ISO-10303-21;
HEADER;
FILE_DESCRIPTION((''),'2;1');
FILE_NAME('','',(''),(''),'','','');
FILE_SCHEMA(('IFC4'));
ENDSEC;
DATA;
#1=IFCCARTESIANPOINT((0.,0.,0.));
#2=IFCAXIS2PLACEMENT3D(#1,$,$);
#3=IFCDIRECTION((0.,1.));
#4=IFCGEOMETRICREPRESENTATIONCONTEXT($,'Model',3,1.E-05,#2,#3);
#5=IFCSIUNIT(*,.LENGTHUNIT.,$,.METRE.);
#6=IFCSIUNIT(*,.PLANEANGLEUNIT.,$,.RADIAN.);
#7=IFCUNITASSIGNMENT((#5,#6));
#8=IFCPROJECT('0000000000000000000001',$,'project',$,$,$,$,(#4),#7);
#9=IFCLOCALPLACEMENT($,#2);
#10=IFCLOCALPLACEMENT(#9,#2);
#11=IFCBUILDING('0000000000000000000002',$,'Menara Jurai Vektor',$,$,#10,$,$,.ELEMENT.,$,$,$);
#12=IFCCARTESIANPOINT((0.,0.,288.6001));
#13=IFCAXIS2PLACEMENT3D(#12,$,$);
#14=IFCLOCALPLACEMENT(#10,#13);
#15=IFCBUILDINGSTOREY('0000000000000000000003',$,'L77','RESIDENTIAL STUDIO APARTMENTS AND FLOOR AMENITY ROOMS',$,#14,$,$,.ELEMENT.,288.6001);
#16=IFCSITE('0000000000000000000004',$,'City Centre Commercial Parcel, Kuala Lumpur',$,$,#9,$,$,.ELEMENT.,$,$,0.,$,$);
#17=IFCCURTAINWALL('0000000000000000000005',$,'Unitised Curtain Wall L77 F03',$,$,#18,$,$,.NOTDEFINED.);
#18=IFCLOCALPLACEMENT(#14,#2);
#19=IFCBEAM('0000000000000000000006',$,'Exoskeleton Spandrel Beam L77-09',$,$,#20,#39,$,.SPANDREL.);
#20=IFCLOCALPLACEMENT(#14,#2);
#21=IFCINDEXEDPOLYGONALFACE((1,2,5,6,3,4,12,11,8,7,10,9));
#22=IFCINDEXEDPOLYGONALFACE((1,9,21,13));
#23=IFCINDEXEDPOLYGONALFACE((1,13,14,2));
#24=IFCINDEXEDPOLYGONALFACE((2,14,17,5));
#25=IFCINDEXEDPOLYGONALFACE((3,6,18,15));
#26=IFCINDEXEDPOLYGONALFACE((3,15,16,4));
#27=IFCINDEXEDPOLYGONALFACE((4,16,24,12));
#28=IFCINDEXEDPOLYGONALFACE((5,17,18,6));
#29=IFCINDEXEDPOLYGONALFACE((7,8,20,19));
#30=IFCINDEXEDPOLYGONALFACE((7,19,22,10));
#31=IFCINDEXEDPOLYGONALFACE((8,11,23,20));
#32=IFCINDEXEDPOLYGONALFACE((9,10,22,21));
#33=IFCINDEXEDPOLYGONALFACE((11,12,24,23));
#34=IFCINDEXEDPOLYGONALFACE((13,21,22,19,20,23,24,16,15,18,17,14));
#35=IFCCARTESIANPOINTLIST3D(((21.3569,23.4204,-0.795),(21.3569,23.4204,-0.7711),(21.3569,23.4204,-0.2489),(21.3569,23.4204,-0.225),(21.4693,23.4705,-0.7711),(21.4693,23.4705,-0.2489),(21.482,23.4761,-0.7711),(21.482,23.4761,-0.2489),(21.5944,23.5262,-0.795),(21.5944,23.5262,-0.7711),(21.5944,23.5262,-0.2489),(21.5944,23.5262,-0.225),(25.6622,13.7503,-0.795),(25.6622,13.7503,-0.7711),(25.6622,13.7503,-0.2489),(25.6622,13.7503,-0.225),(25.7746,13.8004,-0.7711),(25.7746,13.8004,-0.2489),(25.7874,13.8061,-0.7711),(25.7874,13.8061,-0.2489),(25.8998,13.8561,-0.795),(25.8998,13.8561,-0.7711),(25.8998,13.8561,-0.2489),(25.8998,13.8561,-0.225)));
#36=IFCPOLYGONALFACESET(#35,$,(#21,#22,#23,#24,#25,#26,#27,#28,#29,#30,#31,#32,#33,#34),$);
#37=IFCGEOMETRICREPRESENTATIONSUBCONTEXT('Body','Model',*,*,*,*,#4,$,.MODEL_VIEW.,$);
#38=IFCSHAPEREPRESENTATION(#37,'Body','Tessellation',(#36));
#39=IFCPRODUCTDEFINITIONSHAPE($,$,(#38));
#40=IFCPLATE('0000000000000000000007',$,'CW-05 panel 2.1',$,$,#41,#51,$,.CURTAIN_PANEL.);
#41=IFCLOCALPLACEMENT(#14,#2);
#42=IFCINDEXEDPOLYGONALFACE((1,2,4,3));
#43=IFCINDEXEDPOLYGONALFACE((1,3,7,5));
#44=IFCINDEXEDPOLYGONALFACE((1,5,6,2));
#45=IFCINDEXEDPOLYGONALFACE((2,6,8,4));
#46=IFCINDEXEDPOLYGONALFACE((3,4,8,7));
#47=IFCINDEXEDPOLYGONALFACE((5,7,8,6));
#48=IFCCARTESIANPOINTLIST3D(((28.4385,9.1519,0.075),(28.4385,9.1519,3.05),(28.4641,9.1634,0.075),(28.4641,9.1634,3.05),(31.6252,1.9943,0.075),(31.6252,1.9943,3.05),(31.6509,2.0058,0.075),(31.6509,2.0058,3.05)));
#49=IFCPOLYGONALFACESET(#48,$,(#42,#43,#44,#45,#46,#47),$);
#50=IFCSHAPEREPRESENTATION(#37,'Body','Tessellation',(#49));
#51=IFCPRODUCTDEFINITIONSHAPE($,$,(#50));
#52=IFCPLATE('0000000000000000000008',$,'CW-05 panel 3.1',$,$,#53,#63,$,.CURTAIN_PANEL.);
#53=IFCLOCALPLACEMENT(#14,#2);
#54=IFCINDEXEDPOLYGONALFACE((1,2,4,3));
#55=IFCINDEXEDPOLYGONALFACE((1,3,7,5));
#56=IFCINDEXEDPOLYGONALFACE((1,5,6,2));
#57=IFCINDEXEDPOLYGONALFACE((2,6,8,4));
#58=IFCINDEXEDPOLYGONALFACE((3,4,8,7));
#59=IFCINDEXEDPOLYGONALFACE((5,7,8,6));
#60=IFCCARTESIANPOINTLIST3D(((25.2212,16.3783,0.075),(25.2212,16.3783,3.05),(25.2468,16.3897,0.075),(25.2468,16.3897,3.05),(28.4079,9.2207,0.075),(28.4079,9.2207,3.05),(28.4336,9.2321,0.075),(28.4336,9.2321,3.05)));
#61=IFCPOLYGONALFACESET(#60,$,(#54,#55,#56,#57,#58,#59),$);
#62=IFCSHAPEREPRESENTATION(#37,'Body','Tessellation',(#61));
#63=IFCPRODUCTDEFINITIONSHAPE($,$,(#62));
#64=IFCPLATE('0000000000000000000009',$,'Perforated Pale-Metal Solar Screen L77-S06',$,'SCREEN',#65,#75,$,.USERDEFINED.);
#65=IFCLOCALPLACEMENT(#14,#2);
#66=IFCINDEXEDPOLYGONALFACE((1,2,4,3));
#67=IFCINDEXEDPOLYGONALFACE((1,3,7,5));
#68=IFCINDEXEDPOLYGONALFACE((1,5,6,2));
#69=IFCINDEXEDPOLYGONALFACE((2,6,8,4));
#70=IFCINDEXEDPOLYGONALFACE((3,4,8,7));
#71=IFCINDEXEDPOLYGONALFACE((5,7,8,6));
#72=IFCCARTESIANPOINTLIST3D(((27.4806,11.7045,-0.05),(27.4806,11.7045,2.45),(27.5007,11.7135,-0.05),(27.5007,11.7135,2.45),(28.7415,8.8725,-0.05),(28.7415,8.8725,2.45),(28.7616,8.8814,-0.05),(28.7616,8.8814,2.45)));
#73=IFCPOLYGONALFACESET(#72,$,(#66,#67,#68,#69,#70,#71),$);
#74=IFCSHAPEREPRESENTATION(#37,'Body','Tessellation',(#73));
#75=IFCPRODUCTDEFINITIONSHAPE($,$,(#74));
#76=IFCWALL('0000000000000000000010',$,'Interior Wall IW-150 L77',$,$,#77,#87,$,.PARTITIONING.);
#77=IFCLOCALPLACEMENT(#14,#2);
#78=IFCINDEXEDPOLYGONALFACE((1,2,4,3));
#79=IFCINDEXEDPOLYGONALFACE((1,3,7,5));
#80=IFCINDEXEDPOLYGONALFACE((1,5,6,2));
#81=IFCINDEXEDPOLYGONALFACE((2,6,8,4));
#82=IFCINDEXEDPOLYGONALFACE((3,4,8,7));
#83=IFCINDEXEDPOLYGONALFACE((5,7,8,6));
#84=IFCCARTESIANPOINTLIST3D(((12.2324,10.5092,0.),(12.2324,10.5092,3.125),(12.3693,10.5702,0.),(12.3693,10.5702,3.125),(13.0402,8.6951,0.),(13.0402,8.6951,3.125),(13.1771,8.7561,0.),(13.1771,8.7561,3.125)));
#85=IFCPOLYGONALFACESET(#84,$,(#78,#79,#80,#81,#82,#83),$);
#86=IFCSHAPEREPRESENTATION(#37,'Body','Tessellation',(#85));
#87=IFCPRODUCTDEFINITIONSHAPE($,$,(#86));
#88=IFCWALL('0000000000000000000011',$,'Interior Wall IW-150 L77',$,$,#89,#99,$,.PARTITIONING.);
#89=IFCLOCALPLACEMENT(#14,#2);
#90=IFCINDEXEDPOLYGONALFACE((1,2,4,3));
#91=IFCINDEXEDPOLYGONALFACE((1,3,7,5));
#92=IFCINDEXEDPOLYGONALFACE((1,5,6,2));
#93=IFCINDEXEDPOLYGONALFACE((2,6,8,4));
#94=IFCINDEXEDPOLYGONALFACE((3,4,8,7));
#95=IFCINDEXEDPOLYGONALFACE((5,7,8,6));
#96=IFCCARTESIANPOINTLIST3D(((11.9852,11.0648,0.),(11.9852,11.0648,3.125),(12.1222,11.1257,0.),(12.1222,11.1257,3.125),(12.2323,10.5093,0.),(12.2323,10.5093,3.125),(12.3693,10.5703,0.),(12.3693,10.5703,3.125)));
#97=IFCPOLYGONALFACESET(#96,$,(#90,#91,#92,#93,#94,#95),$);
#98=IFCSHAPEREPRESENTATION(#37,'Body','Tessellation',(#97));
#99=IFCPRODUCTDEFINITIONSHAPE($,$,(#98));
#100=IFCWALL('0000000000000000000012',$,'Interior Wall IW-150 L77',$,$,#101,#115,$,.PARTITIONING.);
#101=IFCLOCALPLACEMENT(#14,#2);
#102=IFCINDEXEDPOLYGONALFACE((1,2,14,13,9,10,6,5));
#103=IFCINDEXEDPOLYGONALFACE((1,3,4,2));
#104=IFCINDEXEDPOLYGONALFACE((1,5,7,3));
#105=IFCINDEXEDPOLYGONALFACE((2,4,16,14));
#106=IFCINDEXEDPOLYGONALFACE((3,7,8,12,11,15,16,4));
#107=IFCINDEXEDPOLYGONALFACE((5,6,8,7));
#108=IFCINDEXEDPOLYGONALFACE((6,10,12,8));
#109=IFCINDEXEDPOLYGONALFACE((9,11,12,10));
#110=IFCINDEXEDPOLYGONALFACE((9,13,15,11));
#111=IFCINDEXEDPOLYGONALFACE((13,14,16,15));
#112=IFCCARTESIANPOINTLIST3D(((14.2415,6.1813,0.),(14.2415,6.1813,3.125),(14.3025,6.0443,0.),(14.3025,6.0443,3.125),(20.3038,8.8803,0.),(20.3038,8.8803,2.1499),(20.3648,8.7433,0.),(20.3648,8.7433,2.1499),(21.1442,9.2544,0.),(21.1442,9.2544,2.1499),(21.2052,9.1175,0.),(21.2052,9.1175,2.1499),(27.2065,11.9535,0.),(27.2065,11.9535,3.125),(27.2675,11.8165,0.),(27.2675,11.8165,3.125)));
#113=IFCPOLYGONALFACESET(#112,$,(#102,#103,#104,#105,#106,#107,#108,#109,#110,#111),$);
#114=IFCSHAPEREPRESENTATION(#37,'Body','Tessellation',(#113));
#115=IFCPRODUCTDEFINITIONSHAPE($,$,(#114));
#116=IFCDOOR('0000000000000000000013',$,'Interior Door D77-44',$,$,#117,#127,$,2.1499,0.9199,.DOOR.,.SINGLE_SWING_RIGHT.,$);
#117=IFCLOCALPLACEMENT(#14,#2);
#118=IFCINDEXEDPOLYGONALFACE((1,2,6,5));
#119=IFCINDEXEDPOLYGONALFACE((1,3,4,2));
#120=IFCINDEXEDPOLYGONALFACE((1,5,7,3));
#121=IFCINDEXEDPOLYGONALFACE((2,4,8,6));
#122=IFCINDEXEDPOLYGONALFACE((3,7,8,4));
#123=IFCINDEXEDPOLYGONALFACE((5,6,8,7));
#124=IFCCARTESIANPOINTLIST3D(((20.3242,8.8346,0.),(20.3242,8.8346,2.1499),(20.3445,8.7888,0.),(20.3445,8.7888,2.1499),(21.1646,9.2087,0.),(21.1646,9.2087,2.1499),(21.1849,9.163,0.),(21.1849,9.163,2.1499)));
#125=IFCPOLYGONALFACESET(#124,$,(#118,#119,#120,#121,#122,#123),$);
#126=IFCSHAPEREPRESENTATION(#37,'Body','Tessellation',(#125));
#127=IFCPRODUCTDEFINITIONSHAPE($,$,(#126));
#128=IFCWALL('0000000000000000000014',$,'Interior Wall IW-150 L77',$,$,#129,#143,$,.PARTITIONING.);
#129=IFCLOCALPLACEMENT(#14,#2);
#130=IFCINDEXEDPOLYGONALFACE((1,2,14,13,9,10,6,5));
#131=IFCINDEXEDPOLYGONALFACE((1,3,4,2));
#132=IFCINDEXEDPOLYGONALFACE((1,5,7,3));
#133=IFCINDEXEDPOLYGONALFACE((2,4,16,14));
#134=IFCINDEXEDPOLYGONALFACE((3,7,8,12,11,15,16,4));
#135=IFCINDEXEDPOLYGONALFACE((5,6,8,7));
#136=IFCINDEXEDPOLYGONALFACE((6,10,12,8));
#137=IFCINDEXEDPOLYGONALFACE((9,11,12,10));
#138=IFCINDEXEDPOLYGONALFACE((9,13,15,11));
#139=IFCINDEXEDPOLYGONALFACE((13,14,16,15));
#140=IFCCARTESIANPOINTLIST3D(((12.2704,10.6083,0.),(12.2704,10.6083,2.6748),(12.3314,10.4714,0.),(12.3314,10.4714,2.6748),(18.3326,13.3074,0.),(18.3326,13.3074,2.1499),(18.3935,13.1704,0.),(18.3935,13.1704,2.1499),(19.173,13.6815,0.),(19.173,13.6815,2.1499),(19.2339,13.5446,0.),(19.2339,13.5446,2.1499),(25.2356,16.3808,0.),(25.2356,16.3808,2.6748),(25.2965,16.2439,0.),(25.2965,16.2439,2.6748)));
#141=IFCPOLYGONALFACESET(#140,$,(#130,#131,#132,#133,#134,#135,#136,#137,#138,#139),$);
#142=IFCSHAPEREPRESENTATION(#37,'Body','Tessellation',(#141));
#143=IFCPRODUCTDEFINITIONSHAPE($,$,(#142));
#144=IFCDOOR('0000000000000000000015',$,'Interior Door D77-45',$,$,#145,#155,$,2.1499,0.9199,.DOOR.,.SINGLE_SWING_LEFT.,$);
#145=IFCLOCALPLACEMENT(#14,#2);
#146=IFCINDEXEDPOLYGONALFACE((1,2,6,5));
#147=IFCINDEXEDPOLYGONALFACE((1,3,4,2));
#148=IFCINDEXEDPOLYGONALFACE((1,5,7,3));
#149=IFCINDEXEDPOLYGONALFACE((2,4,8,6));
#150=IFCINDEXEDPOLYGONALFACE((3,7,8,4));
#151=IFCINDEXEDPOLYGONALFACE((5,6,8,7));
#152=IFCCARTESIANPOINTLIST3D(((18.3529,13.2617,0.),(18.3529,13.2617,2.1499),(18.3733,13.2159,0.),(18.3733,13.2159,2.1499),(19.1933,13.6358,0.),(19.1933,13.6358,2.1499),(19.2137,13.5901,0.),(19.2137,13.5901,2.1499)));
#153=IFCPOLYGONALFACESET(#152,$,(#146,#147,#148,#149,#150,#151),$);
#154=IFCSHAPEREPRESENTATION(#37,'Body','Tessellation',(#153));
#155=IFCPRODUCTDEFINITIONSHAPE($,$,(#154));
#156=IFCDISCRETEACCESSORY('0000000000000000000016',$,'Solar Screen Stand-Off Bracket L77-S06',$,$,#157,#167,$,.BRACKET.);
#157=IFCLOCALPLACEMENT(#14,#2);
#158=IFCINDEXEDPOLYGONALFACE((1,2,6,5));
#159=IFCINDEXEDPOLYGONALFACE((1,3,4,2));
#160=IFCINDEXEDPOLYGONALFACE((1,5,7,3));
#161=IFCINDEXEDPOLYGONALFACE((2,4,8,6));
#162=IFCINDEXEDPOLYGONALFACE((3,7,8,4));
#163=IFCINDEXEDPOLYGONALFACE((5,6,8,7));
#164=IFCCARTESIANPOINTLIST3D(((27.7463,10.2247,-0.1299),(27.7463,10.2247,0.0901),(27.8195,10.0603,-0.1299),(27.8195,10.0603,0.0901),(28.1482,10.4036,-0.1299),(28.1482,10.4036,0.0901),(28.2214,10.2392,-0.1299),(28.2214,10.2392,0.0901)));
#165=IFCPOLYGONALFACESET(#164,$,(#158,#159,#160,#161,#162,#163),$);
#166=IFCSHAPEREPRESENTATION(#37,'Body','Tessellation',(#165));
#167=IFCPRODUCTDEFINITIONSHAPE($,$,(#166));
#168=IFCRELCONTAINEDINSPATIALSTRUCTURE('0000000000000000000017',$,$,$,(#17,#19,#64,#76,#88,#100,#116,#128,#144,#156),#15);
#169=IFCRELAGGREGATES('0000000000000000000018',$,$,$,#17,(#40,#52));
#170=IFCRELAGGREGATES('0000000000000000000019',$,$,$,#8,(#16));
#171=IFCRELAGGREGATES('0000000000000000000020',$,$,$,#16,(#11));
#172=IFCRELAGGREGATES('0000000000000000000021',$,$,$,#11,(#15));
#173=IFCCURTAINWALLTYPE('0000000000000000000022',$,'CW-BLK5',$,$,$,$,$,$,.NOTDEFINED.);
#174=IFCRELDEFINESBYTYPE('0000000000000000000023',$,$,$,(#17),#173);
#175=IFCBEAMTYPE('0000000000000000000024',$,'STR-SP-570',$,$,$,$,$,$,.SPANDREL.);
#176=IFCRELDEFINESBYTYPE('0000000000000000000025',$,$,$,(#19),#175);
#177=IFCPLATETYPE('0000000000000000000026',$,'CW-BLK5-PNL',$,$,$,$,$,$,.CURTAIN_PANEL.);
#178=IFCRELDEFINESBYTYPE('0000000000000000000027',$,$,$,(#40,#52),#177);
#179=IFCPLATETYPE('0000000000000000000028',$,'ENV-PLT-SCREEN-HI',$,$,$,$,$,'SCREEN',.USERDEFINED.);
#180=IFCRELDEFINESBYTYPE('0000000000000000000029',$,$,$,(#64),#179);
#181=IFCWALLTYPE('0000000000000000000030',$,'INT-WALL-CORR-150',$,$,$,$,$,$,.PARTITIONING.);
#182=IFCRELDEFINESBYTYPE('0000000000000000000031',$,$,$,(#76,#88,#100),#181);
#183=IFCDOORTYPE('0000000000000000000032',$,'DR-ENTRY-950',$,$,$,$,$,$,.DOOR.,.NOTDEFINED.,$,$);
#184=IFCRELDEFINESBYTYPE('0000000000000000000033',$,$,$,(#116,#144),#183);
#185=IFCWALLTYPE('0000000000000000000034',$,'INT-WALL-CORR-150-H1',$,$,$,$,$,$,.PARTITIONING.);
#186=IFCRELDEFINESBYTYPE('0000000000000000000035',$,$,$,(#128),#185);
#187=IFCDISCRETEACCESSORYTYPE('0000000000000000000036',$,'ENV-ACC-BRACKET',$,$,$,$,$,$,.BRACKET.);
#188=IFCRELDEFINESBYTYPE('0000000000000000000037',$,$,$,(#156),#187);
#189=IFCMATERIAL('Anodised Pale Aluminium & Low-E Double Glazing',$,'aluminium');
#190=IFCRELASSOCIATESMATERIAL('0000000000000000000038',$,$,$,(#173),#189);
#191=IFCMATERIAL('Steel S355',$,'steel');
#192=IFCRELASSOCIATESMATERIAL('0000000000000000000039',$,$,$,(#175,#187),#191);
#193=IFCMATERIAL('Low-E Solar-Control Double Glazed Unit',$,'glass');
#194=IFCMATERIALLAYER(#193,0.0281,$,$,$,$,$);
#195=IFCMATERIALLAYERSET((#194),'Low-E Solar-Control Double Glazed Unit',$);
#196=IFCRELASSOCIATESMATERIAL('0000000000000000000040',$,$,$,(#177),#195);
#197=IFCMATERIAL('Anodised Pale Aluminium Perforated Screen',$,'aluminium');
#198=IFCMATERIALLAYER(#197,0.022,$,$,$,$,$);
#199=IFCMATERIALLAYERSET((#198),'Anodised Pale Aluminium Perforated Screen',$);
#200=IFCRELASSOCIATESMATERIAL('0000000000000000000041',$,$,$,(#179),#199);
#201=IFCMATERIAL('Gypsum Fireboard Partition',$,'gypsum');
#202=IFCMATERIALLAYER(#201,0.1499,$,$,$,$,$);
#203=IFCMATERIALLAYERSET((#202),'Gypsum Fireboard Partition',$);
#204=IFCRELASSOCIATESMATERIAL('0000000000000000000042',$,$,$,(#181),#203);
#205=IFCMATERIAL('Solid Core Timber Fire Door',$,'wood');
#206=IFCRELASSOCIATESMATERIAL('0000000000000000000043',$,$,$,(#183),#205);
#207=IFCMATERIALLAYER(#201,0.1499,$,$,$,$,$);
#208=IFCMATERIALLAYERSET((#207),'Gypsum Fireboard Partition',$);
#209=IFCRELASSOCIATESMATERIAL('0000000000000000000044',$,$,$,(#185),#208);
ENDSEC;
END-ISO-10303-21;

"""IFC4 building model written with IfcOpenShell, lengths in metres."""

from ifc_helpers import new_model, si_unit, direction, frame, frame_2d, origin, origin_2d, place, context, subcontext, project, spatial, rectangle, i_section, extrude, material, layer, layer_set, material_profile, profile_set, type_object, element, fill, aggregate, save


model = new_model("IFC4")

# Units and contexts
model_context = context("Model", 3, precision=1e-05, world=origin(), true_north=direction((0.0, 1.0)))
body_context = subcontext(model_context, "Body", "Model", "MODEL_VIEW")
ifc_project = project(units=[si_unit("LENGTHUNIT", "METRE"), si_unit("PLANEANGLEUNIT", "RADIAN")], contexts=[model_context])

# Site, building, storey
site_placement = place(None, origin())
site = spatial("IfcSite", under=ifc_project, at=site_placement, Name="City Centre Commercial Parcel, Kuala Lumpur", CompositionType="ELEMENT", RefElevation=0.0)
building_placement = place(site_placement, origin())
building = spatial("IfcBuilding", under=site, at=building_placement, Name="Menara Jurai Vektor", CompositionType="ELEMENT")
storey_placement = place(building_placement, frame((0.0, 0.0, 288.6001)))
storey = spatial("IfcBuildingStorey", under=building, at=storey_placement, Name="L77", Description="RESIDENTIAL STUDIO APARTMENTS AND FLOOR AMENITY ROOMS", CompositionType="ELEMENT", Elevation=288.6001)

# Curtain wall
ifc_material_1 = material(Name="Anodised Pale Aluminium & Low-E Double Glazing", Category="aluminium")
curtain_wall_type = type_object("IfcCurtainWallType", Name="CW-BLK5", PredefinedType="NOTDEFINED", material=ifc_material_1)
curtain_wall_placement = place(storey_placement, origin())
curtain_wall = element("IfcCurtainWall", 1, at=curtain_wall_placement, inside=storey, type_object=curtain_wall_type, Name="Unitised Curtain Wall L77 F03", PredefinedType="NOTDEFINED")

# Beam
ifc_material_2 = material(Name="Steel S355", Category="steel")
ifc_material_profile_1 = material_profile(ifc_material_2, i_section(OverallWidth=0.26, OverallDepth=0.5701, WebThickness=0.0139, FlangeThickness=0.0239, at=origin_2d()), Name="PG 570x260x145")
ifc_profile_set_1 = profile_set([ifc_material_profile_1], Name="Steel S355")
beam_type_1 = type_object("IfcBeamType", Name="STR-SP-570", PredefinedType="SPANDREL", material=ifc_profile_set_1)
beam_1_placement = place(storey_placement, frame((25.781, 13.8032, -0.51), z_axis=(-0.406735, 0.913546, 0.0), x_axis=(-0.913546, -0.406735, 0.0)))
element("IfcBeam", 2, at=beam_1_placement, inside=storey, type_object=beam_type_1, Name="Exoskeleton Spandrel Beam L77-09", PredefinedType="SPANDREL", context=body_context, shape_type="SweptSolid", body=[
    extrude(i_section(OverallWidth=0.26, OverallDepth=0.5701, WebThickness=0.0139, FlangeThickness=0.0239, at=origin_2d()), origin(), (0.0, 0.0, 1.0), 10.5852),
])

# Plates
ifc_material_3 = material(Name="Low-E Solar-Control Double Glazed Unit", Category="glass")
ifc_layer_1 = layer(ifc_material_3, 0.0281)
ifc_layer_set_1 = layer_set([ifc_layer_1], Name="Low-E Solar-Control Double Glazed Unit")
plate_type_1 = type_object("IfcPlateType", Name="CW-BLK5-PNL", PredefinedType="CURTAIN_PANEL", material=ifc_layer_set_1)
plate_1_placement = place(storey_placement, frame((30.0447, 5.5789, 0.075), z_axis=(0.0, 0.0, 1.0), x_axis=(-0.406735, 0.913546, 0.0)))
plate_1 = element("IfcPlate", 3, at=plate_1_placement, type_object=plate_type_1, Name="CW-05 panel 2.1", PredefinedType="CURTAIN_PANEL", context=body_context, shape_type="SweptSolid", body=[
    extrude(rectangle(XDim=7.835, YDim=0.0281, at=origin_2d()), origin(), (0.0, 0.0, 1.0), 2.9751),
])
plate_2_placement = place(storey_placement, frame((26.8274, 12.8052, 0.075), z_axis=(0.0, 0.0, 1.0), x_axis=(-0.406735, 0.913546, 0.0)))
plate_2 = element("IfcPlate", 4, at=plate_2_placement, type_object=plate_type_1, Name="CW-05 panel 3.1", PredefinedType="CURTAIN_PANEL", context=body_context, shape_type="SweptSolid", body=[
    extrude(rectangle(XDim=7.835, YDim=0.0281, at=origin_2d()), origin(), (0.0, 0.0, 1.0), 2.9751),
])
aggregate(curtain_wall, [plate_1, plate_2])
ifc_material_4 = material(Name="Anodised Pale Aluminium Perforated Screen", Category="aluminium")
ifc_layer_2 = layer(ifc_material_4, 0.022)
ifc_layer_set_2 = layer_set([ifc_layer_2], Name="Anodised Pale Aluminium Perforated Screen")
plate_type_2 = type_object("IfcPlateType", Name="ENV-PLT-SCREEN-HI", ElementType="SCREEN", PredefinedType="USERDEFINED", material=ifc_layer_set_2)
plate_3_placement = place(storey_placement, frame((28.1211, 10.293, -0.05), z_axis=(0.0, 0.0, 1.0), x_axis=(-0.406737, 0.913545, 0.0)))
element("IfcPlate", 5, at=plate_3_placement, inside=storey, type_object=plate_type_2, Name="Perforated Pale-Metal Solar Screen L77-S06", ObjectType="SCREEN", PredefinedType="USERDEFINED", context=body_context, shape_type="SweptSolid", body=[
    extrude(rectangle(XDim=3.1001, YDim=0.022, at=origin_2d()), origin(), (0.0, 0.0, 1.0), 2.5),
])

# Walls
ifc_material_5 = material(Name="Gypsum Fireboard Partition", Category="gypsum")
ifc_layer_3 = layer(ifc_material_5, 0.1499)
ifc_layer_set_3 = layer_set([ifc_layer_3], Name="Gypsum Fireboard Partition")
wall_type_1 = type_object("IfcWallType", Name="INT-WALL-CORR-150", PredefinedType="PARTITIONING", material=ifc_layer_set_3)
wall_1_placement = place(storey_placement, frame((13.1086, 8.7256, 0.0), z_axis=(0.0, 0.0, 1.0), x_axis=(-0.406789, 0.913522, 0.0)))
element("IfcWall", 6, at=wall_1_placement, inside=storey, type_object=wall_type_1, Name="Interior Wall IW-150 L77", PredefinedType="PARTITIONING", context=body_context, shape_type="SweptSolid", body=[
    extrude(rectangle(XDim=1.9858, YDim=0.1499, at=frame_2d((0.9929, 0.0))), origin(), (0.0, 0.0, 1.0), 3.125),
])
wall_2_placement = place(storey_placement, frame((12.3008, 10.5398, 0.0), z_axis=(0.0, 0.0, 1.0), x_axis=(-0.406437, 0.913679, 0.0)))
element("IfcWall", 7, at=wall_2_placement, inside=storey, type_object=wall_type_1, Name="Interior Wall IW-150 L77", PredefinedType="PARTITIONING", context=body_context, shape_type="SweptSolid", body=[
    extrude(rectangle(XDim=0.6079, YDim=0.1499, at=frame_2d((0.304, 0.0))), origin(), (0.0, 0.0, 1.0), 3.125),
])

# Walls, openings, doors
wall_3_placement = place(storey_placement, frame((14.272, 6.1128, 0.0), z_axis=(0.0, 0.0, 1.0), x_axis=(0.913551, 0.406724, 0.0)))
wall_3 = element("IfcWall", 8, at=wall_3_placement, inside=storey, type_object=wall_type_1, Name="Interior Wall IW-150 L77", PredefinedType="PARTITIONING", context=body_context, shape_type="SweptSolid", body=[
    extrude(rectangle(XDim=14.1919, YDim=0.1499, at=frame_2d((7.0959, 0.0))), origin(), (0.0, 0.0, 1.0), 3.125),
])
opening_1_placement = place(wall_3_placement, frame((6.636, 0.0, 0.0)))
opening_1 = element("IfcOpeningElement", 9, at=opening_1_placement, cuts=wall_3, PredefinedType="OPENING", context=body_context, shape_type="SweptSolid", body=[
    extrude(rectangle(XDim=0.9199, YDim=2.1499, at=frame_2d((0.46, 1.075))), frame((0.0, 0.085, 0.0), z_axis=(0.0, -1.0, 0.0), x_axis=(1.0, 0.0, 0.0)), (0.0, 0.0, 1.0), 0.1699),
])
ifc_material_6 = material(Name="Solid Core Timber Fire Door", Category="wood")
door_type = type_object("IfcDoorType", Name="DR-ENTRY-950", OperationType="NOTDEFINED", PredefinedType="DOOR", material=ifc_material_6)
door_1_placement = place(opening_1_placement, origin())
door_1 = element("IfcDoor", 10, at=door_1_placement, inside=storey, type_object=door_type, Name="Interior Door D77-44", OperationType="SINGLE_SWING_RIGHT", OverallHeight=2.1499, OverallWidth=0.9199, PredefinedType="DOOR", context=body_context, shape_type="SweptSolid", body=[
    extrude(rectangle(XDim=0.9199, YDim=2.1499, at=frame_2d((0.46, 1.075))), frame((0.0, 0.0249, 0.0), z_axis=(0.0, -1.0, 0.0), x_axis=(1.0, 0.0, 0.0)), (0.0, 0.0, 1.0), 0.05),
])
fill(opening_1, door_1)
ifc_layer_4 = layer(ifc_material_5, 0.1499)
ifc_layer_set_4 = layer_set([ifc_layer_4], Name="Gypsum Fireboard Partition")
wall_type_2 = type_object("IfcWallType", Name="INT-WALL-CORR-150-H1", PredefinedType="PARTITIONING", material=ifc_layer_set_4)
wall_4_placement = place(storey_placement, frame((12.3008, 10.5398, 0.0), z_axis=(0.0, 0.0, 1.0), x_axis=(0.913545, 0.406739, 0.0)))
wall_4 = element("IfcWall", 11, at=wall_4_placement, inside=storey, type_object=wall_type_2, Name="Interior Wall IW-150 L77", PredefinedType="PARTITIONING", context=body_context, shape_type="SweptSolid", body=[
    extrude(rectangle(XDim=14.1921, YDim=0.1499, at=frame_2d((7.0962, 0.0))), origin(), (0.0, 0.0, 1.0), 2.6748),
])
opening_2_placement = place(wall_4_placement, frame((6.636, 0.0, 0.0)))
opening_2 = element("IfcOpeningElement", 12, at=opening_2_placement, cuts=wall_4, PredefinedType="OPENING", context=body_context, shape_type="SweptSolid", body=[
    extrude(rectangle(XDim=0.9199, YDim=2.1499, at=frame_2d((0.46, 1.075))), frame((0.0, 0.085, 0.0), z_axis=(0.0, -1.0, 0.0), x_axis=(1.0, 0.0, 0.0)), (0.0, 0.0, 1.0), 0.1699),
])
door_2_placement = place(opening_2_placement, origin())
door_2 = element("IfcDoor", 13, at=door_2_placement, inside=storey, type_object=door_type, Name="Interior Door D77-45", OperationType="SINGLE_SWING_LEFT", OverallHeight=2.1499, OverallWidth=0.9199, PredefinedType="DOOR", context=body_context, shape_type="SweptSolid", body=[
    extrude(rectangle(XDim=0.9199, YDim=2.1499, at=frame_2d((0.46, 1.075))), frame((0.0, 0.0249, 0.0), z_axis=(0.0, -1.0, 0.0), x_axis=(1.0, 0.0, 0.0)), (0.0, 0.0, 1.0), 0.05),
])
fill(opening_2, door_2)

# Discrete accessory
discrete_accessory_type = type_object("IfcDiscreteAccessoryType", Name="ENV-ACC-BRACKET", PredefinedType="BRACKET", material=ifc_material_2)
discrete_accessory_placement = place(storey_placement, frame((27.9839, 10.2319, -0.1299), z_axis=(0.0, 0.0, 1.0), x_axis=(-0.406737, 0.913545, 0.0)))
element("IfcDiscreteAccessory", 14, at=discrete_accessory_placement, inside=storey, type_object=discrete_accessory_type, Name="Solar Screen Stand-Off Bracket L77-S06", PredefinedType="BRACKET", context=body_context, shape_type="SweptSolid", body=[
    extrude(rectangle(XDim=0.1799, YDim=0.4399, at=origin_2d()), origin(), (0.0, 0.0, 1.0), 0.22),
])

save(model, "model.ifc")
